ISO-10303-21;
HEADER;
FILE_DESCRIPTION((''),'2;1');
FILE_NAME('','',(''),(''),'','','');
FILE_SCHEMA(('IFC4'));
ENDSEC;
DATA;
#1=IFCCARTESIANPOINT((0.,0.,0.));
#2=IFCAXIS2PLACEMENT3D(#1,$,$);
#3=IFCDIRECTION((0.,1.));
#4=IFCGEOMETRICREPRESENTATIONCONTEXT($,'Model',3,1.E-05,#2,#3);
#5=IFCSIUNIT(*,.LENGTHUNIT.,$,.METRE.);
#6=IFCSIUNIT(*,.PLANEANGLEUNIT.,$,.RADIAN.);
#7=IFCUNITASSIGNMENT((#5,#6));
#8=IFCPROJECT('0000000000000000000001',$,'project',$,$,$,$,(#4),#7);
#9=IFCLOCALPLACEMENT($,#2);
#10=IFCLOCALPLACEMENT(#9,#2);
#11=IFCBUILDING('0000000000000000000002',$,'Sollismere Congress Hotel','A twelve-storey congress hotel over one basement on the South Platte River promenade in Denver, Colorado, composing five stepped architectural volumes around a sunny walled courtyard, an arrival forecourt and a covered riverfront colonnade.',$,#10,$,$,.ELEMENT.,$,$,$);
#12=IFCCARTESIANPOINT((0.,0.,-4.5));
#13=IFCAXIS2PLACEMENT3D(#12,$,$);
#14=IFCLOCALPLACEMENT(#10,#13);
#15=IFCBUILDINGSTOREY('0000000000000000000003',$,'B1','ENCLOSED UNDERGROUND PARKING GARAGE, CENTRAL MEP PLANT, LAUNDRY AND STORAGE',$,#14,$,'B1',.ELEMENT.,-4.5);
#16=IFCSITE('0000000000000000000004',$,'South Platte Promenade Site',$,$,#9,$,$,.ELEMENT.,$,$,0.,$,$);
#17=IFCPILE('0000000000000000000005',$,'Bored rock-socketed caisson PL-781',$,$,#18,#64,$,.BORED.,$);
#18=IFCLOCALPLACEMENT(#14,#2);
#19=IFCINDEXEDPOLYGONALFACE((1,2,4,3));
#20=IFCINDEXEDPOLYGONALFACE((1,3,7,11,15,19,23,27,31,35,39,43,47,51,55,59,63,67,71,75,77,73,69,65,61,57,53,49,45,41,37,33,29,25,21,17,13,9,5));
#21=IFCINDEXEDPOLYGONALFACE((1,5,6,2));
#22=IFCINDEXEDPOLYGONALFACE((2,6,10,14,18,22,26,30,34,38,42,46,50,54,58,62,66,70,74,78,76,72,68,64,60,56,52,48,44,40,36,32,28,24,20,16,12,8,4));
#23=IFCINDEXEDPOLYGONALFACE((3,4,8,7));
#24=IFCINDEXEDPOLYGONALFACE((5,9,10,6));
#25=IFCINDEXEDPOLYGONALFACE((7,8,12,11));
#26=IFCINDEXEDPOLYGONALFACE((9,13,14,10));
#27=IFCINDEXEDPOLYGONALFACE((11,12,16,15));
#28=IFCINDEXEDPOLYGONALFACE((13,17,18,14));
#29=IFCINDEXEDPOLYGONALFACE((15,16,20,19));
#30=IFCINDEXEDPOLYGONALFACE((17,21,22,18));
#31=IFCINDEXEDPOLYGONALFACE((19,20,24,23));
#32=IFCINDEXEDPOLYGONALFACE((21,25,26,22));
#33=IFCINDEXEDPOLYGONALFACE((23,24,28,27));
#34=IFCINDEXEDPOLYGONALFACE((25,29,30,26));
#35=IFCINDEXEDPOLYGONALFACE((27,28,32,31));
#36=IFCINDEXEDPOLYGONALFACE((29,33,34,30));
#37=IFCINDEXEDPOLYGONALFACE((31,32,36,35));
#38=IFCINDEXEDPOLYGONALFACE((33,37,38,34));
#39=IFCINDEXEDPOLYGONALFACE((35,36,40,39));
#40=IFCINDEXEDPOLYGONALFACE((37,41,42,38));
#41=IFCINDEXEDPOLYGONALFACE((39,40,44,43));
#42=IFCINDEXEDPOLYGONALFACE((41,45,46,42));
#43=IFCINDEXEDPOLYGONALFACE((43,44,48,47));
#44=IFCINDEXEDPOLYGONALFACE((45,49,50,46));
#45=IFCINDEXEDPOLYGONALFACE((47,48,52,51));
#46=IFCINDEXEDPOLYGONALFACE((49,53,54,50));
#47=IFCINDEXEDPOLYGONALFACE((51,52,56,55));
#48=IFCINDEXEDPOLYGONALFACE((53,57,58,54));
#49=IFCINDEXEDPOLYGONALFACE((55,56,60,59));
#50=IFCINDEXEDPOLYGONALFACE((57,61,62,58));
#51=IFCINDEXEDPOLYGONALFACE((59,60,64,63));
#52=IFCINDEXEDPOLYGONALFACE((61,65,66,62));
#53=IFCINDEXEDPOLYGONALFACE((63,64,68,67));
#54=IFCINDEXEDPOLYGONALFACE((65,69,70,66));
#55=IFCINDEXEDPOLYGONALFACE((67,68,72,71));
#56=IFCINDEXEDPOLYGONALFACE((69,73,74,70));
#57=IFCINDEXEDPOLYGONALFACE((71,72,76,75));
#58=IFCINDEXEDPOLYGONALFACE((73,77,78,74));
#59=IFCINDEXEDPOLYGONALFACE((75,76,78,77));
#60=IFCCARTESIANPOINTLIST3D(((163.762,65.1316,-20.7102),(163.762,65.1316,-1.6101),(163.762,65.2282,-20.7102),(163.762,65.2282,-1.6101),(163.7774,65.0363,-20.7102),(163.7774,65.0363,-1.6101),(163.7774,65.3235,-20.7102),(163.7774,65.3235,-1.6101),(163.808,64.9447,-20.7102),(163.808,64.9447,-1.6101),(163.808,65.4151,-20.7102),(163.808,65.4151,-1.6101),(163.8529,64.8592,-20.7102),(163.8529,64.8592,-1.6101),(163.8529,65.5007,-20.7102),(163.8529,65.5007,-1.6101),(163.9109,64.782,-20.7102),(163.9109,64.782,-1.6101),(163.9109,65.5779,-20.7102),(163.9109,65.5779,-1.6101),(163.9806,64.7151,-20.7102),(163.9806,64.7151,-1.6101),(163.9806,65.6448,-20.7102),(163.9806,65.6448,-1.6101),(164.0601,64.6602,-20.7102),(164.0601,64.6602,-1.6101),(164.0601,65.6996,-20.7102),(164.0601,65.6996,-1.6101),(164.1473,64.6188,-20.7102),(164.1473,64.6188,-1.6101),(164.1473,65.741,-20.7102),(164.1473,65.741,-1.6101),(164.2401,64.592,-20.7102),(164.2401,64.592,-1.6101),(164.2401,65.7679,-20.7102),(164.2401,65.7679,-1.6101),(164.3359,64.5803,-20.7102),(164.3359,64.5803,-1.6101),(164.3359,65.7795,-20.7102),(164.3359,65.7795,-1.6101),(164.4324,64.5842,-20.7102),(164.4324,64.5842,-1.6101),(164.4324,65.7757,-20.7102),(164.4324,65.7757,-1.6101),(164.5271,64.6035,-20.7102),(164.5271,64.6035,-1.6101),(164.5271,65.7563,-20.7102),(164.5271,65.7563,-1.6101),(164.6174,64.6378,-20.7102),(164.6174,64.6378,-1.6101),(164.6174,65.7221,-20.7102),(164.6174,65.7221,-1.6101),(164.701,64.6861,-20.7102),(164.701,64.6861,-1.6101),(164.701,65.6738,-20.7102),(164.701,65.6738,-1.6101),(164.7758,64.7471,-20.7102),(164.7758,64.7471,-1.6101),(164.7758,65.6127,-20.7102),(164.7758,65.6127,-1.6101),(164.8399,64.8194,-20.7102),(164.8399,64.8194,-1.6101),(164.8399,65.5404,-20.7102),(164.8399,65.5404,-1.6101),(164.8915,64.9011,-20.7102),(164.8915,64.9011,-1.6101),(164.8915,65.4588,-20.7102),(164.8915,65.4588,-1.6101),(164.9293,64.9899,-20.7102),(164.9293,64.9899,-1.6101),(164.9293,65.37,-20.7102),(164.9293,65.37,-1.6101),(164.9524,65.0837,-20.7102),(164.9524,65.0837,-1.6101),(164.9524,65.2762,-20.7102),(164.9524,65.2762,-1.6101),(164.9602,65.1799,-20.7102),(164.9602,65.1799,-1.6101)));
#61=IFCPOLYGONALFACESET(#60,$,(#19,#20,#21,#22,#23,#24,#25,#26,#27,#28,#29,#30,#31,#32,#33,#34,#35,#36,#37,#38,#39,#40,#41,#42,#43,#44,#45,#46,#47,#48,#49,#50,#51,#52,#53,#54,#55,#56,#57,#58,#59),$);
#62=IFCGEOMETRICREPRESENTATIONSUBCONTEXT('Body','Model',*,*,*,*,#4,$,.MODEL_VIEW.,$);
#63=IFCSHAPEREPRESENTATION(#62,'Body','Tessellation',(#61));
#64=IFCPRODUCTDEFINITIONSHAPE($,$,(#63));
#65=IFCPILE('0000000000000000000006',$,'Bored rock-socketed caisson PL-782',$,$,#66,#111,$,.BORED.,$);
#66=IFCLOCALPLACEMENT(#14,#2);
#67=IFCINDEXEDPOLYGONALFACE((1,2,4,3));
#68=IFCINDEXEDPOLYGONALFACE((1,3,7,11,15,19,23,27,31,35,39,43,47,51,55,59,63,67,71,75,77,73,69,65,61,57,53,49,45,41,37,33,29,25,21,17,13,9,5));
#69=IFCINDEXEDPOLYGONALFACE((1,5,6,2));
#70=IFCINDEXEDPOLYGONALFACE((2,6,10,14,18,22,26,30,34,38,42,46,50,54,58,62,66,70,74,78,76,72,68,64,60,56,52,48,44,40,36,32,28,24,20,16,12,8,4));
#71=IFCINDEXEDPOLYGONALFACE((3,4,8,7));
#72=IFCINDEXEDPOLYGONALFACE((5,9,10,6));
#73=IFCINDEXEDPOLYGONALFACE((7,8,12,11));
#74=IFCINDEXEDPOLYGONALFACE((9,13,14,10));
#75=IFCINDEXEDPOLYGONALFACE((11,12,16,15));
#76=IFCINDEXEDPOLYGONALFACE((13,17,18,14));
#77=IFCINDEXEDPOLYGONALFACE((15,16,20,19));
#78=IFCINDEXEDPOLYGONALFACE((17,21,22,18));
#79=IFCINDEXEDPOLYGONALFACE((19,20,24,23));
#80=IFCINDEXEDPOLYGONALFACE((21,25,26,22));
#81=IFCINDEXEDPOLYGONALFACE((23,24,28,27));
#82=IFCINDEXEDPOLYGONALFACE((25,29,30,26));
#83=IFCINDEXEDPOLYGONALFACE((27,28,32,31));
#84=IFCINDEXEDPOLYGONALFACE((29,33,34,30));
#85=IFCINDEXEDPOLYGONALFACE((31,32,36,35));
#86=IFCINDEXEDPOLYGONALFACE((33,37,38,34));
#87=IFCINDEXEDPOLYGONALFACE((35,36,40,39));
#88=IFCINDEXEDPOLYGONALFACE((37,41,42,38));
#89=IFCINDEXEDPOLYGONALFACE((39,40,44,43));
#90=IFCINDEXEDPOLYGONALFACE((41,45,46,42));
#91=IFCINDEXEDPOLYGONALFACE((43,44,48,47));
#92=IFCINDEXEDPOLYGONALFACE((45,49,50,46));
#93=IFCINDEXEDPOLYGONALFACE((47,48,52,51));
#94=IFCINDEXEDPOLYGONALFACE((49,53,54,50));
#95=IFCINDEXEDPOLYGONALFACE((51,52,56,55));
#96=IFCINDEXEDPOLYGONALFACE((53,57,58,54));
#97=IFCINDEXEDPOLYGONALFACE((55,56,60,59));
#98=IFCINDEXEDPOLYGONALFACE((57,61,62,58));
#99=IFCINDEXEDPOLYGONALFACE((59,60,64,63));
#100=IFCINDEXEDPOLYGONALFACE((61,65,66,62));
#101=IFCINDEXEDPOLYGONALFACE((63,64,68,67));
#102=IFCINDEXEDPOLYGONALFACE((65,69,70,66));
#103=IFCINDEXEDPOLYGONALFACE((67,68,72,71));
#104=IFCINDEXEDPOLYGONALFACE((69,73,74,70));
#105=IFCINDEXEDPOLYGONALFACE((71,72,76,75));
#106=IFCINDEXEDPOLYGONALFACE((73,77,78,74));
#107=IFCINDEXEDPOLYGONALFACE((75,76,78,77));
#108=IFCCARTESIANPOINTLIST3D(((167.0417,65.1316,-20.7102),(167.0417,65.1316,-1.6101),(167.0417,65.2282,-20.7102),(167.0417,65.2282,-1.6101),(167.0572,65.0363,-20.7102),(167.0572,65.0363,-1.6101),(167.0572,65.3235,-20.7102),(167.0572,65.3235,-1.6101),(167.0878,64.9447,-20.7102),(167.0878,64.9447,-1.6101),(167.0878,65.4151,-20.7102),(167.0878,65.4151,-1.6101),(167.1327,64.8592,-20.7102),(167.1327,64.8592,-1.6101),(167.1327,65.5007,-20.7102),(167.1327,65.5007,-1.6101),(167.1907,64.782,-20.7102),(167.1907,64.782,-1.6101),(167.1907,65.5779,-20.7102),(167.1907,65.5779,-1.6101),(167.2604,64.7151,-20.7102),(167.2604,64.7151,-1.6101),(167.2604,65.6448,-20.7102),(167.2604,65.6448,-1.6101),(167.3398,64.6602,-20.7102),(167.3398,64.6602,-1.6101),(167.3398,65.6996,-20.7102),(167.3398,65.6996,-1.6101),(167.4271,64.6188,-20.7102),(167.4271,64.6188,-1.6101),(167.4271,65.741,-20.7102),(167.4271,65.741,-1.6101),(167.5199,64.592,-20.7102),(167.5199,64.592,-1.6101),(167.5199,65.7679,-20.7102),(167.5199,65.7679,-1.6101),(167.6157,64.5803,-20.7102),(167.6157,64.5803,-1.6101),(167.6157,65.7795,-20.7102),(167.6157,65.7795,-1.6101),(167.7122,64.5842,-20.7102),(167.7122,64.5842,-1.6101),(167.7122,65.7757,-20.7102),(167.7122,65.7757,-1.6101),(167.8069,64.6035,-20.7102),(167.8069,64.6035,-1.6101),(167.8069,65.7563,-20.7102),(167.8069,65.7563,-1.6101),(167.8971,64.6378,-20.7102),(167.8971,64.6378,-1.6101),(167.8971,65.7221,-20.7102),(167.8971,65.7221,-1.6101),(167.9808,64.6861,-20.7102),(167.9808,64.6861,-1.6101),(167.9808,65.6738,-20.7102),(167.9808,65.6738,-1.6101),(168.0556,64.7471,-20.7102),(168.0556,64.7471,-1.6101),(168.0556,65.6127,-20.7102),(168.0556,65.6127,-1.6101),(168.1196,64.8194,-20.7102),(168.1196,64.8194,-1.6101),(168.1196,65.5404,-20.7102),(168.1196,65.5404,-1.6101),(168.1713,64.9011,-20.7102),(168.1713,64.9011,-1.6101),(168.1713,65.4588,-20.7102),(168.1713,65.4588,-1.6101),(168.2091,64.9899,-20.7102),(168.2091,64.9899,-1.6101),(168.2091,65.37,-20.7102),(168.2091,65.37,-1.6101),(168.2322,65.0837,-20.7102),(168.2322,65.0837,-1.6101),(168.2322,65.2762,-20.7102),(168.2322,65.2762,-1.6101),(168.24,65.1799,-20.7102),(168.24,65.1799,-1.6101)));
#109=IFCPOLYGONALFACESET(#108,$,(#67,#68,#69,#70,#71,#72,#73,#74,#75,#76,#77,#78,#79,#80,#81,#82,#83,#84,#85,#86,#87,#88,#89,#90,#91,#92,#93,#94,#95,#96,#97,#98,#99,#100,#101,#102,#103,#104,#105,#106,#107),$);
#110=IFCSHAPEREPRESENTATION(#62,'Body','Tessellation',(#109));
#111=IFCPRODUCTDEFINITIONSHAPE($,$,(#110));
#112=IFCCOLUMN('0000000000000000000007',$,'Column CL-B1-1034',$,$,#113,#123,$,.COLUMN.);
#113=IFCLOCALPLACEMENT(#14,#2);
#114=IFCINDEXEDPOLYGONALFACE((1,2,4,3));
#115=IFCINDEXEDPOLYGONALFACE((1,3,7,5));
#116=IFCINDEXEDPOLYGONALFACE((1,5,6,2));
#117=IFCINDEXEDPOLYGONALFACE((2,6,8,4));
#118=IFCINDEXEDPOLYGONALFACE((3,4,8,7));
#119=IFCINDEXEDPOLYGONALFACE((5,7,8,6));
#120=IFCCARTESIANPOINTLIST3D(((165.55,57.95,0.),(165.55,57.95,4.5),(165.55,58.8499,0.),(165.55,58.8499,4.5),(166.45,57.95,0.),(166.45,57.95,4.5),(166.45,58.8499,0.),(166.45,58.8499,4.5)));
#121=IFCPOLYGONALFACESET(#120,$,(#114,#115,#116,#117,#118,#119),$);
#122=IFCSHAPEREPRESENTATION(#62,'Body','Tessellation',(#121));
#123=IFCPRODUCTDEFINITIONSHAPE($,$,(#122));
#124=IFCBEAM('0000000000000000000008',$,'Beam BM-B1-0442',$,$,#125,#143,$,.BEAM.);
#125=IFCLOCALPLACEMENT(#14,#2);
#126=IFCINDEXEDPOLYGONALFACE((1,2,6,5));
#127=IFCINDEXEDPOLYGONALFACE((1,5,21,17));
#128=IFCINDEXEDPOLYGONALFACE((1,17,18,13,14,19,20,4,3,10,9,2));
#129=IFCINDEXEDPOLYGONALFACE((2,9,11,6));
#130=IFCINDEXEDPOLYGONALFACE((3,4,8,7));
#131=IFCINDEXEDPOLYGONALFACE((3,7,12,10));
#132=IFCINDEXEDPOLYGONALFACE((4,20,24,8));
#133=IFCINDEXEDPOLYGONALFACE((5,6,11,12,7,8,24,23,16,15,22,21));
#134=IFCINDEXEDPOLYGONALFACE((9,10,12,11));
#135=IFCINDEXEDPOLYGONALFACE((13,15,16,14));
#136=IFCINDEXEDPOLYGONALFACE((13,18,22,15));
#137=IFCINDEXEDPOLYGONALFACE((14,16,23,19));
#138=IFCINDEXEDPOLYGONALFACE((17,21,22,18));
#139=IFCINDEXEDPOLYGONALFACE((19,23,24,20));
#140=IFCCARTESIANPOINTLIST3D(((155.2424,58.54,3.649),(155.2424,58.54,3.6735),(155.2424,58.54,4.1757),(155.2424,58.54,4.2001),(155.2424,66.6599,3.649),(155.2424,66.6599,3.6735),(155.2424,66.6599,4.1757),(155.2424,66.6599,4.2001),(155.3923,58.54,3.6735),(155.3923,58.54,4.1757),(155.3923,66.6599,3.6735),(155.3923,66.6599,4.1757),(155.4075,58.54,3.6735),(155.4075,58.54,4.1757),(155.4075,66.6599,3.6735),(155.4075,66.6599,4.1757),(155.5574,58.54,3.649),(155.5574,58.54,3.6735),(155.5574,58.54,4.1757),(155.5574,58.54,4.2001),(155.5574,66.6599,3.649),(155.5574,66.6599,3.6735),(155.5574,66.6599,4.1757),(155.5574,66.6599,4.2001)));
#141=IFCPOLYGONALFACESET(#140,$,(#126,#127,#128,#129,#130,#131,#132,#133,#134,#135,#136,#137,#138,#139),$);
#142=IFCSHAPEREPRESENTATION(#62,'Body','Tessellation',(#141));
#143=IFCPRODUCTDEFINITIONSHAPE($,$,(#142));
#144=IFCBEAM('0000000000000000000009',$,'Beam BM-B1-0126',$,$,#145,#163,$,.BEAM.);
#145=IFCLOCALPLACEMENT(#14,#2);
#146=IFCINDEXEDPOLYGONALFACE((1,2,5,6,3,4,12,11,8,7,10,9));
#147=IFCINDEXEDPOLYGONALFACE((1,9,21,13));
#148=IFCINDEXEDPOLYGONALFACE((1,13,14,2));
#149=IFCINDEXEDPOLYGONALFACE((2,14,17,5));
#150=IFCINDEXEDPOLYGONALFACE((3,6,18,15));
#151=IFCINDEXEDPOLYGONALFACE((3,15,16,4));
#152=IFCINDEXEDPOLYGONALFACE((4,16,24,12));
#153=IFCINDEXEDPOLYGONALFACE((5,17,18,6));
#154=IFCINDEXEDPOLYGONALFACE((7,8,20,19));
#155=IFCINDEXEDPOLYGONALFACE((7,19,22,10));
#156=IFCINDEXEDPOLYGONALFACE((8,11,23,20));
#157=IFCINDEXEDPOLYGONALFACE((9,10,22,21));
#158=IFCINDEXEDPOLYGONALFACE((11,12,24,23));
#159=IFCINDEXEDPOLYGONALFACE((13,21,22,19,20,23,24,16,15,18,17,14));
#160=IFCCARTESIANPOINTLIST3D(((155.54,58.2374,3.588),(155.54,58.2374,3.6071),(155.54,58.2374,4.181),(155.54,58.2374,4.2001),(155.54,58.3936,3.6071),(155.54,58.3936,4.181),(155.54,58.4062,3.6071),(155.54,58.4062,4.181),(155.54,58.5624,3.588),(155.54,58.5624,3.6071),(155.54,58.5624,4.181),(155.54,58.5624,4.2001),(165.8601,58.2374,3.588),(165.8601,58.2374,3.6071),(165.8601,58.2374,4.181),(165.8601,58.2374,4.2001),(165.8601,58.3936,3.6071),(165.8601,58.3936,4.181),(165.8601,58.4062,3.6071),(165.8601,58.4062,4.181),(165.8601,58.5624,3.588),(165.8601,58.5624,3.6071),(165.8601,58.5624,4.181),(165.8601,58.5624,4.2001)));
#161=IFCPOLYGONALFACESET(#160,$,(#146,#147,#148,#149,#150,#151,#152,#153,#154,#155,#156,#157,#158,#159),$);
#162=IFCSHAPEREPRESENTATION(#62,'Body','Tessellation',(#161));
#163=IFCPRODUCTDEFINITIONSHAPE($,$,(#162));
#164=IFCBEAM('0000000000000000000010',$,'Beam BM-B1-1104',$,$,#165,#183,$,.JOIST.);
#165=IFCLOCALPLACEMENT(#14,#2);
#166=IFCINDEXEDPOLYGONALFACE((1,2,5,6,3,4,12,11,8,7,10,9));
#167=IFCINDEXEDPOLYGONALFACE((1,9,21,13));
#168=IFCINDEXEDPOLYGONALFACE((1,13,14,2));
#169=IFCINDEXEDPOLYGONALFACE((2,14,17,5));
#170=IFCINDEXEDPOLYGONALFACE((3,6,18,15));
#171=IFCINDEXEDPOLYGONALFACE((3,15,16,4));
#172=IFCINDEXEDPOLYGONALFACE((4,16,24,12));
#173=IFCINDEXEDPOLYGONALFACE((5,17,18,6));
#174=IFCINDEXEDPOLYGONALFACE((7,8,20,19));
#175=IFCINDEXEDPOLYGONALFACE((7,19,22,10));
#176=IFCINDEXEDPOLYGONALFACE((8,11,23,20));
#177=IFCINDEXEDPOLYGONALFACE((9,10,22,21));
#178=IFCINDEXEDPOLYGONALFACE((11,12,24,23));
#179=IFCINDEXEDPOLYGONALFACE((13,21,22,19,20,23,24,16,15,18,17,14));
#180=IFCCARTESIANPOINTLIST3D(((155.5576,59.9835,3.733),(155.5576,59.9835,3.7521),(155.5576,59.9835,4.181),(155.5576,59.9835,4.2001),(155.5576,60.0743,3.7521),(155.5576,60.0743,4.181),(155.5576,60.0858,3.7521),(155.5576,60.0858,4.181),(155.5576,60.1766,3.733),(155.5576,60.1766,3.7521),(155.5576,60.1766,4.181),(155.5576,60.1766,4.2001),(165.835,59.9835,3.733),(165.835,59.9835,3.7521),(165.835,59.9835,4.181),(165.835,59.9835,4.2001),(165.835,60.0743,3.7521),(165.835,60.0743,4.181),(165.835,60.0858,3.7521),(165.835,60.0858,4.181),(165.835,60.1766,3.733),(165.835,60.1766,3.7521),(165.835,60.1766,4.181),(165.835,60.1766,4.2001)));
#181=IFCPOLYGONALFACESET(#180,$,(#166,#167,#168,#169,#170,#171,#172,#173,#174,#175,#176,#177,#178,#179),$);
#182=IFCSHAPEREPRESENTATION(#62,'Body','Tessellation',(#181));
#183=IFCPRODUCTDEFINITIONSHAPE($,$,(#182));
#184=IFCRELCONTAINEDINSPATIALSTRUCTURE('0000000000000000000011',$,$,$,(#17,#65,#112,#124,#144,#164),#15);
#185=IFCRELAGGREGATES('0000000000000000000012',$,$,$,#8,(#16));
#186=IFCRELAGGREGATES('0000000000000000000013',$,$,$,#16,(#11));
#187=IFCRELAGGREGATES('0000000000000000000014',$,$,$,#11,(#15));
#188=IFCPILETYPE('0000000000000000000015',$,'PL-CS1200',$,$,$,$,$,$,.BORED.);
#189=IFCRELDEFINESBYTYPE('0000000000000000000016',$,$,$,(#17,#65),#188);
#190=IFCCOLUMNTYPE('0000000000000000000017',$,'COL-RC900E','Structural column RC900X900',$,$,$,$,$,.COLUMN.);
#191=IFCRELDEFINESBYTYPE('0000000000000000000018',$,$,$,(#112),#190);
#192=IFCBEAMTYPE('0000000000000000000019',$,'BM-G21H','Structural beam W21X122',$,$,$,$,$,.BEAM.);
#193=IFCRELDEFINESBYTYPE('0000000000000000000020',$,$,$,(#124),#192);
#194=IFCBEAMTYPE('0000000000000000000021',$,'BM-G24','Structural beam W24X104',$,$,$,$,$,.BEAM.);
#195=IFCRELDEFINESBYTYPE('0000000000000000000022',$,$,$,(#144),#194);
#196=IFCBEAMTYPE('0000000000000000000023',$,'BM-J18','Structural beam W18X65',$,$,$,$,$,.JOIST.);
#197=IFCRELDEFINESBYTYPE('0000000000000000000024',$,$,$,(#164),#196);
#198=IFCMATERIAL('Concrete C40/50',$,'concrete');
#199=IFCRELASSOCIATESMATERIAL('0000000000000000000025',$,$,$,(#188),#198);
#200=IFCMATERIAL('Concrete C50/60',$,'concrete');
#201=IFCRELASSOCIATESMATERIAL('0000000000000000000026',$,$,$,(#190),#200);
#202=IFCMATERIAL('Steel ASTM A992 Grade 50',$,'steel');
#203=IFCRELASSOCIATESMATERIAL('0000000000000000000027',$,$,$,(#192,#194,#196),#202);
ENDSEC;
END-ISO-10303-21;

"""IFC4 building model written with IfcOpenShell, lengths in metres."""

from ifc_helpers import new_model, si_unit, direction, frame, origin, origin_2d, place, context, subcontext, project, spatial, rectangle, circle, i_section, extrude, material, material_profile, profile_set, type_object, element, save


model = new_model("IFC4")

# Units and contexts
model_context = context("Model", 3, precision=1e-05, world=origin(), true_north=direction((0.0, 1.0)))
body_context = subcontext(model_context, "Body", "Model", "MODEL_VIEW")
ifc_project = project(units=[si_unit("LENGTHUNIT", "METRE"), si_unit("PLANEANGLEUNIT", "RADIAN")], contexts=[model_context])

# Site, building, storey
site_placement = place(None, origin())
site = spatial("IfcSite", under=ifc_project, at=site_placement, Name="South Platte Promenade Site", CompositionType="ELEMENT", RefElevation=0.0)
building_placement = place(site_placement, origin())
building = spatial("IfcBuilding", under=site, at=building_placement, Name="Sollismere Congress Hotel", Description="A twelve-storey congress hotel over one basement on the South Platte River promenade in Denver, Colorado, composing five stepped architectural volumes around a sunny walled courtyard, an arrival forecourt and a covered riverfront colonnade.", CompositionType="ELEMENT")
storey_placement = place(building_placement, frame((0.0, 0.0, -4.5)))
storey = spatial("IfcBuildingStorey", under=building, at=storey_placement, Name="B1", Description="ENCLOSED UNDERGROUND PARKING GARAGE, CENTRAL MEP PLANT, LAUNDRY AND STORAGE", LongName="B1", CompositionType="ELEMENT", Elevation=-4.5)

# Shared definitions
ifc_material_1 = material(Name="Concrete C40/50", Category="concrete")

# Piles
ifc_material_profile_1 = material_profile(ifc_material_1, circle(Radius=0.6001, at=origin_2d()), Name="CAISSON1200")
ifc_profile_set_1 = profile_set([ifc_material_profile_1], Name="Concrete C40/50")
pile_type = type_object("IfcPileType", Name="PL-CS1200", PredefinedType="BORED", material=ifc_profile_set_1)
for number, where, z_axis, x_axis, name in (
    (1, (164.3601, 65.1799, -1.6101), (0.0, 0.0, -1.0), (1.0, 0.0, 0.0), "Bored rock-socketed caisson PL-781"),
    (2, (167.6399, 65.1799, -1.6101), (0.0, 0.0, -1.0), (1.0, 0.0, 0.0), "Bored rock-socketed caisson PL-782"),
):
    element("IfcPile", number, at=place(storey_placement, frame(where, z_axis=z_axis, x_axis=x_axis)), inside=storey, type_object=pile_type, Name=name, PredefinedType="BORED", context=body_context, shape_type="SweptSolid", body=[
        extrude(circle(Radius=0.6001, at=origin_2d()), origin(), (0.0, 0.0, 1.0), 19.1001),
    ])

# Column
ifc_material_2 = material(Name="Concrete C50/60", Category="concrete")
ifc_material_profile_2 = material_profile(ifc_material_2, rectangle(XDim=0.8999, YDim=0.8999, at=origin_2d()), Name="RC900X900")
ifc_profile_set_2 = profile_set([ifc_material_profile_2], Name="Concrete C50/60")
column_type = type_object("IfcColumnType", Name="COL-RC900E", Description="Structural column RC900X900", PredefinedType="COLUMN", material=ifc_profile_set_2)
column_placement = place(storey_placement, frame((166.0, 58.3999, 0.0), z_axis=(0.0, 0.0, 1.0), x_axis=(1.0, 0.0, 0.0)))
element("IfcColumn", 3, at=column_placement, inside=storey, type_object=column_type, Name="Column CL-B1-1034", PredefinedType="COLUMN", context=body_context, shape_type="SweptSolid", body=[
    extrude(rectangle(XDim=0.8999, YDim=0.8999, at=origin_2d()), origin(), (0.0, 0.0, 1.0), 4.5),
])

# Beams
ifc_material_3 = material(Name="Steel ASTM A992 Grade 50", Category="steel")
ifc_material_profile_3 = material_profile(ifc_material_3, i_section(OverallWidth=0.3149, OverallDepth=0.551, WebThickness=0.0151, FlangeThickness=0.0244, at=origin_2d()), Name="W21X122")
ifc_profile_set_3 = profile_set([ifc_material_profile_3], Name="Steel ASTM A992 Grade 50")
beam_type_1 = type_object("IfcBeamType", Name="BM-G21H", Description="Structural beam W21X122", PredefinedType="BEAM", material=ifc_profile_set_3)
beam_1_placement = place(storey_placement, frame((155.3999, 58.54, 3.9246), z_axis=(0.0, 1.0, 0.0), x_axis=(-1.0, 0.0, 0.0)))
element("IfcBeam", 4, at=beam_1_placement, inside=storey, type_object=beam_type_1, Name="Beam BM-B1-0442", PredefinedType="BEAM", context=body_context, shape_type="SweptSolid", body=[
    extrude(i_section(OverallWidth=0.3149, OverallDepth=0.551, WebThickness=0.0151, FlangeThickness=0.0244, at=origin_2d()), origin(), (0.0, 0.0, 1.0), 8.1199),
])
ifc_material_profile_4 = material_profile(ifc_material_3, i_section(OverallWidth=0.325, OverallDepth=0.6121, WebThickness=0.0127, FlangeThickness=0.019, at=origin_2d()), Name="W24X104")
ifc_profile_set_4 = profile_set([ifc_material_profile_4], Name="Steel ASTM A992 Grade 50")
beam_type_2 = type_object("IfcBeamType", Name="BM-G24", Description="Structural beam W24X104", PredefinedType="BEAM", material=ifc_profile_set_4)
beam_2_placement = place(storey_placement, frame((155.54, 58.3999, 3.894), z_axis=(1.0, 0.0, 0.0), x_axis=(0.0, 1.0, 0.0)))
element("IfcBeam", 5, at=beam_2_placement, inside=storey, type_object=beam_type_2, Name="Beam BM-B1-0126", PredefinedType="BEAM", context=body_context, shape_type="SweptSolid", body=[
    extrude(i_section(OverallWidth=0.325, OverallDepth=0.6121, WebThickness=0.0127, FlangeThickness=0.019, at=origin_2d()), origin(), (0.0, 0.0, 1.0), 10.3201),
])
ifc_material_profile_5 = material_profile(ifc_material_3, i_section(OverallWidth=0.1931, OverallDepth=0.467, WebThickness=0.0115, FlangeThickness=0.019, at=origin_2d()), Name="W18X65")
ifc_profile_set_5 = profile_set([ifc_material_profile_5], Name="Steel ASTM A992 Grade 50")
beam_type_3 = type_object("IfcBeamType", Name="BM-J18", Description="Structural beam W18X65", PredefinedType="JOIST", material=ifc_profile_set_5)
for number, where, z_axis, x_axis, name in (
    (6, (155.5576, 60.0801, 3.9666), (1.0, 0.0, 0.0), (0.0, 1.0, 0.0), "Beam BM-B1-1104"),
):
    element("IfcBeam", number, at=place(storey_placement, frame(where, z_axis=z_axis, x_axis=x_axis)), inside=storey, type_object=beam_type_3, Name=name, PredefinedType="JOIST", context=body_context, shape_type="SweptSolid", body=[
        extrude(i_section(OverallWidth=0.1931, OverallDepth=0.467, WebThickness=0.0115, FlangeThickness=0.019, at=origin_2d()), origin(), (0.0, 0.0, 1.0), 10.2773),
    ])

save(model, "model.ifc")
